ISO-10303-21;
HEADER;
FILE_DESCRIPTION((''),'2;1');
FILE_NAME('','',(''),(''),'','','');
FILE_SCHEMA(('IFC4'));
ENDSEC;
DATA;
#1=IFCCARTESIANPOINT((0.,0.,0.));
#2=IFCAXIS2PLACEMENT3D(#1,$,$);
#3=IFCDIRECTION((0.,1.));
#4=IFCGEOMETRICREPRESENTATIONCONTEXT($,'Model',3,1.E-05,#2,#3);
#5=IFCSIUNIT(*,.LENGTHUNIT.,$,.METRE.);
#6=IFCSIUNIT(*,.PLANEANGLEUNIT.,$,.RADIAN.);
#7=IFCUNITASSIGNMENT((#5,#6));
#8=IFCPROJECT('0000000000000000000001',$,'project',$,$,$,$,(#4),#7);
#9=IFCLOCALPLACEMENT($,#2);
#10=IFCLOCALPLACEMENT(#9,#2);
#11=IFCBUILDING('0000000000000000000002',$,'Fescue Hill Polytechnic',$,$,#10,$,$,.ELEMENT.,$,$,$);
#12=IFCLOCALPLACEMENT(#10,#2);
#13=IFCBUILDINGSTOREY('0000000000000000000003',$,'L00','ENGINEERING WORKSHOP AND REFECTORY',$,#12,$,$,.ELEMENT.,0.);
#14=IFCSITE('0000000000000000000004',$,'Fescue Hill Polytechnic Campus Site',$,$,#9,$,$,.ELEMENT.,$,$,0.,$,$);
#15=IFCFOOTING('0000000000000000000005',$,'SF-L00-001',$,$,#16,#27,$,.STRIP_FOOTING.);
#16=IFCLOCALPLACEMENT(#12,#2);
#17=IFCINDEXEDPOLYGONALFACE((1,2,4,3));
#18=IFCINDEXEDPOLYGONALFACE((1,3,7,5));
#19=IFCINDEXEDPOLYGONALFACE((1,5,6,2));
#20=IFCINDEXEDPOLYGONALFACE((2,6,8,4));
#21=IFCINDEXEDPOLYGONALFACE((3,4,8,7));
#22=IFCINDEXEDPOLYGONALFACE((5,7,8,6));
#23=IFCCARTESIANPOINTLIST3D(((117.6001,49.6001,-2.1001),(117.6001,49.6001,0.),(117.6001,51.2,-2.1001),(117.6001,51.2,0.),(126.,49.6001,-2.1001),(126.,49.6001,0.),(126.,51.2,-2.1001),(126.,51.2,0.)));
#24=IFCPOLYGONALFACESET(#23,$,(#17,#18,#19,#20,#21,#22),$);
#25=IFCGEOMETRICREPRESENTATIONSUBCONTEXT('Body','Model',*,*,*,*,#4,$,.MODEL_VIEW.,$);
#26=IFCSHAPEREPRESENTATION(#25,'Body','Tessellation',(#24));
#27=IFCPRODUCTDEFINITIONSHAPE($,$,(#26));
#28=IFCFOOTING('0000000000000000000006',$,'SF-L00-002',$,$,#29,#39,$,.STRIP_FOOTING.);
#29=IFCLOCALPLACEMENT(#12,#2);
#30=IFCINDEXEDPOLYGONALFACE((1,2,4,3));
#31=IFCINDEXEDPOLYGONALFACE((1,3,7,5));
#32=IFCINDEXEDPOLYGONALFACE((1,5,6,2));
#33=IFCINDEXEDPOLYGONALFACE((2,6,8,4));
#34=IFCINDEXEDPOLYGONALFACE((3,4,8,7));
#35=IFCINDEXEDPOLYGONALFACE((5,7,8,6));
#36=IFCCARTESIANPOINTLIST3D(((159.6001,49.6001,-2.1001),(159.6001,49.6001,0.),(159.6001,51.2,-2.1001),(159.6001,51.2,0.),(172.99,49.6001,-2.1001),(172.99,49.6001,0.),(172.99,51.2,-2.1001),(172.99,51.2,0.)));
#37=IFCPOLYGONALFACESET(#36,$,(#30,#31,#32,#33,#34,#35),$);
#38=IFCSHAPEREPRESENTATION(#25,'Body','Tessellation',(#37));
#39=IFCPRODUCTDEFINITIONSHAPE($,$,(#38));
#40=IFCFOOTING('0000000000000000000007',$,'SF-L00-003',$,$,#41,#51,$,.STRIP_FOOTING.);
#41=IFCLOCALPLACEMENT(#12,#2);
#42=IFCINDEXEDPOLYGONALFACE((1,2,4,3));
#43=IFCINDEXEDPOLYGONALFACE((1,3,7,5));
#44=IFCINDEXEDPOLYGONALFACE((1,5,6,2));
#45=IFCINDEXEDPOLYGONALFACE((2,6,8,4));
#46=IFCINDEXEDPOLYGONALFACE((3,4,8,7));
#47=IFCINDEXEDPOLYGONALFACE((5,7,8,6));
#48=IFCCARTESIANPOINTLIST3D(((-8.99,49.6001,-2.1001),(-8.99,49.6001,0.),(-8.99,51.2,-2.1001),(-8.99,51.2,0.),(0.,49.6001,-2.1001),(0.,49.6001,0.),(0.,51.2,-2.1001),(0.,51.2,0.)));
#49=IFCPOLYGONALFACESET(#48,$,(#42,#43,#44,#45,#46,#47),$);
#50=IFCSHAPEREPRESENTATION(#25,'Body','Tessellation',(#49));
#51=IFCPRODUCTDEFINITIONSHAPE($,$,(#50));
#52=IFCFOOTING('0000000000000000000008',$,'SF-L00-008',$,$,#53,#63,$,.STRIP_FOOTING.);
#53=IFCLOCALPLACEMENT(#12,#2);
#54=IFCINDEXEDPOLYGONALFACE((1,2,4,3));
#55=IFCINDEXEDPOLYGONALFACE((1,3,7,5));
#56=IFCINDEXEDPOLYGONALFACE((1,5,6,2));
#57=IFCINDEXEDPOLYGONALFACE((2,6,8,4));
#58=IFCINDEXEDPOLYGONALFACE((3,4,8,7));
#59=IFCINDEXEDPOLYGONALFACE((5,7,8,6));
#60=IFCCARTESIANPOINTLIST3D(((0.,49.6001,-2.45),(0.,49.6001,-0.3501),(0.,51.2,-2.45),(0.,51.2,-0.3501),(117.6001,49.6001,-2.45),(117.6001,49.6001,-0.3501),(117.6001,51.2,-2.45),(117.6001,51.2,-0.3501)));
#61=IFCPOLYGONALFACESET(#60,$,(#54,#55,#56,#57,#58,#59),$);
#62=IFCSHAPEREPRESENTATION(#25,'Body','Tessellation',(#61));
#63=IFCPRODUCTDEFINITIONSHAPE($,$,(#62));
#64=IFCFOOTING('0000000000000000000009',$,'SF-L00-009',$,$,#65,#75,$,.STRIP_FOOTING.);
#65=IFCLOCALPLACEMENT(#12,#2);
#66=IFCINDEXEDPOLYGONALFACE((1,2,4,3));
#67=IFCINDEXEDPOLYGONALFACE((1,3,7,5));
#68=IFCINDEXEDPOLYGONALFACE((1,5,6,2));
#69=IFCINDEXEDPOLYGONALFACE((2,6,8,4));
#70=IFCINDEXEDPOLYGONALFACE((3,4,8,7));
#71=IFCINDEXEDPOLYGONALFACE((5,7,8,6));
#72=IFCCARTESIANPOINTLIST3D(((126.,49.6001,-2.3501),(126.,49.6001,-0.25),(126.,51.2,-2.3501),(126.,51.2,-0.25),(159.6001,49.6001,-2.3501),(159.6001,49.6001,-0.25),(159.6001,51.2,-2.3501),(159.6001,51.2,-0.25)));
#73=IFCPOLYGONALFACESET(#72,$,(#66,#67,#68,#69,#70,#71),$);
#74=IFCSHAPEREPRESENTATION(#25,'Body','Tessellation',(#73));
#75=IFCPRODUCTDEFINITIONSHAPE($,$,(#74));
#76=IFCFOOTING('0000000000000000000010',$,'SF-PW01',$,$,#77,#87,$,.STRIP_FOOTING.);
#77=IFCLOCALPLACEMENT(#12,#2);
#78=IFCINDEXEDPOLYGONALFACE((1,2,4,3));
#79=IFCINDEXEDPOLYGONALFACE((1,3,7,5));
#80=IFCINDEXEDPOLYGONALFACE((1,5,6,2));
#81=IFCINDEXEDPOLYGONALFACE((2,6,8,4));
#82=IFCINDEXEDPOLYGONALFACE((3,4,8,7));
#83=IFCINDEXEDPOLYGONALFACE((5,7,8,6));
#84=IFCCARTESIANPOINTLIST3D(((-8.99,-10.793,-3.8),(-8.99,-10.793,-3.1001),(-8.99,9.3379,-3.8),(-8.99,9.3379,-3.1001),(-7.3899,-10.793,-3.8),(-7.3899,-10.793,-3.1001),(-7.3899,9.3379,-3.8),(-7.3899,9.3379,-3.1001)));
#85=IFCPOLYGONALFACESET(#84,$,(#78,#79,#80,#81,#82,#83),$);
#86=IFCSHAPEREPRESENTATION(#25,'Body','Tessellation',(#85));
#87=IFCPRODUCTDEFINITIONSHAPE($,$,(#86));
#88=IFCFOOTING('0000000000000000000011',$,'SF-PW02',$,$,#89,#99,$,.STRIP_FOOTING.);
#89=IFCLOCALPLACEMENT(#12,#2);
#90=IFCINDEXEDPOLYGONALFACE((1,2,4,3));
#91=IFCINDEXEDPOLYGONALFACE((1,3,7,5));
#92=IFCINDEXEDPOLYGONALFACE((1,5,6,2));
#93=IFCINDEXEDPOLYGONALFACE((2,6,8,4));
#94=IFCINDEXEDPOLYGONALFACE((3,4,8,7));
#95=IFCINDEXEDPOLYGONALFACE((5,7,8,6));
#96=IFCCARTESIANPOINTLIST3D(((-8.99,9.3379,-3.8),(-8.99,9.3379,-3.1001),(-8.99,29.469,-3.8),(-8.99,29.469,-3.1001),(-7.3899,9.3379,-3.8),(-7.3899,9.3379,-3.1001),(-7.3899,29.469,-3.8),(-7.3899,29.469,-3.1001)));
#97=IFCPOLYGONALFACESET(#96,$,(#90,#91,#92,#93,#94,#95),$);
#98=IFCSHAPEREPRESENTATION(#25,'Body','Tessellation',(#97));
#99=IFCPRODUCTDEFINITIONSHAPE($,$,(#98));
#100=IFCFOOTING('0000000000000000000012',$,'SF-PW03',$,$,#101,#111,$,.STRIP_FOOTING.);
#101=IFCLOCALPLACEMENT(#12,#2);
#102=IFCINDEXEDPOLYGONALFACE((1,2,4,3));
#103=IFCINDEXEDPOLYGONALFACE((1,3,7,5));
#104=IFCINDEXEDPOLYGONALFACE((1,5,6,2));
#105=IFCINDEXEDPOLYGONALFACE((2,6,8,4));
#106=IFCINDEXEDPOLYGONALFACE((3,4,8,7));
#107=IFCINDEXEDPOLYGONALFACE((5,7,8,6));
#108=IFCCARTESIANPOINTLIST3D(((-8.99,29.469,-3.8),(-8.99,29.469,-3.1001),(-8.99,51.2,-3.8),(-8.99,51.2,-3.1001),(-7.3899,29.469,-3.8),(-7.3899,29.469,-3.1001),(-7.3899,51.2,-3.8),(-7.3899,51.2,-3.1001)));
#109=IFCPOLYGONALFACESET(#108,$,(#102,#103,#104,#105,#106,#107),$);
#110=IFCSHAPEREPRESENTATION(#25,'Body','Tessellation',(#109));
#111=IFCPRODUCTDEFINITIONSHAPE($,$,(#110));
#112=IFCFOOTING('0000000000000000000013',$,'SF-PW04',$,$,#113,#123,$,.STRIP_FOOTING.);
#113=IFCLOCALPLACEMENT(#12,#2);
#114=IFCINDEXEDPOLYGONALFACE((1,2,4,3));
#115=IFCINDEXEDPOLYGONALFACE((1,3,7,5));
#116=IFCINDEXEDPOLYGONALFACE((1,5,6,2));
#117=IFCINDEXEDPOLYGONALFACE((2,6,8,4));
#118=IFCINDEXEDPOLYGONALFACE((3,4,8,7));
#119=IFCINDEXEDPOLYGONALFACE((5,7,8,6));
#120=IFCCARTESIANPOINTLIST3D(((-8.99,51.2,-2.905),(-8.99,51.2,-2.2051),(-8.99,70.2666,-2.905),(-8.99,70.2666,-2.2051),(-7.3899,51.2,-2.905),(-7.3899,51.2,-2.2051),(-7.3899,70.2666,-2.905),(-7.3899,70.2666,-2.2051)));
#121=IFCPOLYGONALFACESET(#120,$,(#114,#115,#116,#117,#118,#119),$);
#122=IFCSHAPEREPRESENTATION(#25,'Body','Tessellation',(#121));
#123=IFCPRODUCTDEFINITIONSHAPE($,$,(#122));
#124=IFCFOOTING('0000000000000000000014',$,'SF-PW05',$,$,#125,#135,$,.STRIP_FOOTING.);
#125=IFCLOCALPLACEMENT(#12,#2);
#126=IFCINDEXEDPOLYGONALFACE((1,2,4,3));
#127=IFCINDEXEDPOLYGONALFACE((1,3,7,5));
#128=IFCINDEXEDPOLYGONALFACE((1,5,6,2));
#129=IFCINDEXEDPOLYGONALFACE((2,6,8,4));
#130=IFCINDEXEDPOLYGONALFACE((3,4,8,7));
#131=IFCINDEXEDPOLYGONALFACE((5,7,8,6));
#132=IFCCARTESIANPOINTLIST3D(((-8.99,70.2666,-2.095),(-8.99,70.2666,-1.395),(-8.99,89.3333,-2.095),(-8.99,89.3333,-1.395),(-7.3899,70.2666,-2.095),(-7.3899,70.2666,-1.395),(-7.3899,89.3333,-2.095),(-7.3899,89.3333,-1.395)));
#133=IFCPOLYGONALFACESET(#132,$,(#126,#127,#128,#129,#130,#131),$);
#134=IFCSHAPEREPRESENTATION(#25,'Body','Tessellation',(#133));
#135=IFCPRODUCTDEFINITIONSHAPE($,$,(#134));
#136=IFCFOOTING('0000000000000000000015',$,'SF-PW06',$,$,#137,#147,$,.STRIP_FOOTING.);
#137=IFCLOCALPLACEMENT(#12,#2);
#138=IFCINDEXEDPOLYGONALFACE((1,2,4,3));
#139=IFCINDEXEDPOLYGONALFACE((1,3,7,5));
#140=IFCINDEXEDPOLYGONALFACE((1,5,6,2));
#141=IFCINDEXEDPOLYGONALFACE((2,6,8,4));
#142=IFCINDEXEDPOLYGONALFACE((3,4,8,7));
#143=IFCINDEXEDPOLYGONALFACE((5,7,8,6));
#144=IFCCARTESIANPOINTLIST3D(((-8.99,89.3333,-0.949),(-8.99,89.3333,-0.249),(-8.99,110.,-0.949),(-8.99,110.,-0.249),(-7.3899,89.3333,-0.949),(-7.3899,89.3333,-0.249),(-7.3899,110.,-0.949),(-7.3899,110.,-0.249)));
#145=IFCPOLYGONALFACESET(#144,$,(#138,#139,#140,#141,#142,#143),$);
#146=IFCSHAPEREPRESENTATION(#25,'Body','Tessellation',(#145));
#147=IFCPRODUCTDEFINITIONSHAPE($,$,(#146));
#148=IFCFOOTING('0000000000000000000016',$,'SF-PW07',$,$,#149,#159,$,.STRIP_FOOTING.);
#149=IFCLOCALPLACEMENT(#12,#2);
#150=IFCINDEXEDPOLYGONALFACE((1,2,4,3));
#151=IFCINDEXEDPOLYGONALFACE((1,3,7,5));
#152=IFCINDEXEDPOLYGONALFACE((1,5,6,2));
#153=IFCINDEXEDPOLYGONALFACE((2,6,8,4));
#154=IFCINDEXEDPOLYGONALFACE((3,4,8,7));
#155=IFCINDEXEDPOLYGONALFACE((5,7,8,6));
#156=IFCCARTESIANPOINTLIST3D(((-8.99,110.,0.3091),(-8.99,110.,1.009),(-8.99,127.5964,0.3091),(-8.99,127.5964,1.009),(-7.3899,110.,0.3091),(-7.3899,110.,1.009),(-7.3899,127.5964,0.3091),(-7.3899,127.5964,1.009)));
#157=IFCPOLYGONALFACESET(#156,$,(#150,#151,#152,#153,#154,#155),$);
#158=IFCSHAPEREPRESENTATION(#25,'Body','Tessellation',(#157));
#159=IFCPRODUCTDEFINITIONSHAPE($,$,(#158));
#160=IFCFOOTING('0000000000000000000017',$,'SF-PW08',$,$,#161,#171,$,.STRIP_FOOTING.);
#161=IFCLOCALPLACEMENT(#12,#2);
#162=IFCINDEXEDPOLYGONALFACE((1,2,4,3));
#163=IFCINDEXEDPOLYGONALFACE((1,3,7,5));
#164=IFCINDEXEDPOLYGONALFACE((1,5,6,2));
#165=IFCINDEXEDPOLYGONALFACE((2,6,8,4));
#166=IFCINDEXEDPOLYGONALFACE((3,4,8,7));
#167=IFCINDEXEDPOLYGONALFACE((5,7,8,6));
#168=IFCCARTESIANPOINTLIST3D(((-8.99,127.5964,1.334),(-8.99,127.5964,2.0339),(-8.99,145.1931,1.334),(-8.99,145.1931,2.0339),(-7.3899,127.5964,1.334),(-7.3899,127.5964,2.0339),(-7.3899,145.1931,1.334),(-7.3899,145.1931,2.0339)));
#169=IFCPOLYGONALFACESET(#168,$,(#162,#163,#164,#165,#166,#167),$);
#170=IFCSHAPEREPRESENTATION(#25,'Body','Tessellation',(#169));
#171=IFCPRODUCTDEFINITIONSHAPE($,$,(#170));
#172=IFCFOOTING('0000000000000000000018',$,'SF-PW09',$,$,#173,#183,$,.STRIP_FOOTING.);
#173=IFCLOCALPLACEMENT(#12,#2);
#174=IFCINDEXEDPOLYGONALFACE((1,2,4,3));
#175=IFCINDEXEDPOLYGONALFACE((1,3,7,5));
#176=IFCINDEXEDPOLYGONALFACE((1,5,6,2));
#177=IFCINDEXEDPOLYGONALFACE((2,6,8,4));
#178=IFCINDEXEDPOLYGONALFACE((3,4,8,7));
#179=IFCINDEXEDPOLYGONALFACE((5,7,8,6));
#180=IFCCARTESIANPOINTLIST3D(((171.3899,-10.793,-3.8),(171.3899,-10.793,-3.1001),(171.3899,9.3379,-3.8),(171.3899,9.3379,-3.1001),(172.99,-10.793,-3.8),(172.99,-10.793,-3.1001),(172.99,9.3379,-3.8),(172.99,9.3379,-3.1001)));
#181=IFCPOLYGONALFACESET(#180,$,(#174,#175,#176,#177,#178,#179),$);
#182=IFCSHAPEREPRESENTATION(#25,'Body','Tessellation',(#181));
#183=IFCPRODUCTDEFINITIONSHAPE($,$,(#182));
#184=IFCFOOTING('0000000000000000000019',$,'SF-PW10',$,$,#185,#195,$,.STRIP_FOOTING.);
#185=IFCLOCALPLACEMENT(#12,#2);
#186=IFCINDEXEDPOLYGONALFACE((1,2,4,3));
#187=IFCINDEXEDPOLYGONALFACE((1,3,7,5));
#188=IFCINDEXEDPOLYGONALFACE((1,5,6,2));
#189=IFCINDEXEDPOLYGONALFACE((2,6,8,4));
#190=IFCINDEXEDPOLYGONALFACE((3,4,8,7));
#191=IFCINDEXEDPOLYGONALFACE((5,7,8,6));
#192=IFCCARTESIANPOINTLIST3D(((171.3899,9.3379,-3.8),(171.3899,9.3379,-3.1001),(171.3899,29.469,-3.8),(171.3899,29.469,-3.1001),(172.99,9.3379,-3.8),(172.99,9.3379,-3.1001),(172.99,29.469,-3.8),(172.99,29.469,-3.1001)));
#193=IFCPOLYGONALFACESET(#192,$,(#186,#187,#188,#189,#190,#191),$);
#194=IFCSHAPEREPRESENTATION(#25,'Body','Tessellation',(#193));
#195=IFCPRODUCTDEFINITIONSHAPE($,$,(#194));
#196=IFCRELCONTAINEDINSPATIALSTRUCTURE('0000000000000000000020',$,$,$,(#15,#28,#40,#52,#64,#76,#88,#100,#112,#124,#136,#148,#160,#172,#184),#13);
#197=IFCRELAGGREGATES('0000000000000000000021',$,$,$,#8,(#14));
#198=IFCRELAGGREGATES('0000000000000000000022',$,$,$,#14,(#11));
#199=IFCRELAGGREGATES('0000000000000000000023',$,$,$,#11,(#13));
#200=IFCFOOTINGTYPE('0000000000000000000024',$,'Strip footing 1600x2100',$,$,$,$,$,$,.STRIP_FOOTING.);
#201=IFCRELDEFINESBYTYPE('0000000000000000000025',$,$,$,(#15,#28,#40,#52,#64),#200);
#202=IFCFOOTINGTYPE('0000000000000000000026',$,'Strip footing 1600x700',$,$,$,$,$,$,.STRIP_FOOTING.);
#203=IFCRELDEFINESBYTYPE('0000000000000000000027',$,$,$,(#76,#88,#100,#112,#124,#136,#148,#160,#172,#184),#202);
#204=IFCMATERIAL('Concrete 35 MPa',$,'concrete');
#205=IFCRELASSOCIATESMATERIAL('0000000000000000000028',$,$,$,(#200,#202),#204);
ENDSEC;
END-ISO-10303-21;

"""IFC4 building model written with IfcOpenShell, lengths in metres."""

from ifc_helpers import new_model, si_unit, direction, frame, origin, place, context, subcontext, project, spatial, polyline, outline, extrude, material, type_object, element, save


model = new_model("IFC4")

# Units and contexts
model_context = context("Model", 3, precision=1e-05, world=origin(), true_north=direction((0.0, 1.0)))
body_context = subcontext(model_context, "Body", "Model", "MODEL_VIEW")
ifc_project = project(units=[si_unit("LENGTHUNIT", "METRE"), si_unit("PLANEANGLEUNIT", "RADIAN")], contexts=[model_context])

# Site, building, storey
site_placement = place(None, origin())
site = spatial("IfcSite", under=ifc_project, at=site_placement, Name="Fescue Hill Polytechnic Campus Site", CompositionType="ELEMENT", RefElevation=0.0)
building_placement = place(site_placement, origin())
building = spatial("IfcBuilding", under=site, at=building_placement, Name="Fescue Hill Polytechnic", CompositionType="ELEMENT")
storey_placement = place(building_placement, origin())
storey = spatial("IfcBuildingStorey", under=building, at=storey_placement, Name="L00", Description="ENGINEERING WORKSHOP AND REFECTORY", CompositionType="ELEMENT", Elevation=0.0)

# Footings
ifc_material_1 = material(Name="Concrete 35 MPa", Category="concrete")
footing_type_1 = type_object("IfcFootingType", Name="Strip footing 1600x2100", PredefinedType="STRIP_FOOTING", material=ifc_material_1)
footing_1_placement = place(storey_placement, frame((0.0, 0.0, -2.1001)))
element("IfcFooting", 1, at=footing_1_placement, inside=storey, type_object=footing_type_1, Name="SF-L00-001", PredefinedType="STRIP_FOOTING", context=body_context, shape_type="SweptSolid", body=[
    extrude(outline(polyline([(126.0, 51.2), (126.0, 49.6001), (117.6001, 49.6001), (117.6001, 51.2), (126.0, 51.2)])), origin(), (0.0, 0.0, 1.0), 2.1001),
])
footing_2_placement = place(storey_placement, frame((0.0, 0.0, -2.1001)))
element("IfcFooting", 2, at=footing_2_placement, inside=storey, type_object=footing_type_1, Name="SF-L00-002", PredefinedType="STRIP_FOOTING", context=body_context, shape_type="SweptSolid", body=[
    extrude(outline(polyline([(172.99, 51.2), (172.99, 49.6001), (159.6001, 49.6001), (159.6001, 51.2), (172.99, 51.2)])), origin(), (0.0, 0.0, 1.0), 2.1001),
])
footing_3_placement = place(storey_placement, frame((0.0, 0.0, -2.1001)))
element("IfcFooting", 3, at=footing_3_placement, inside=storey, type_object=footing_type_1, Name="SF-L00-003", PredefinedType="STRIP_FOOTING", context=body_context, shape_type="SweptSolid", body=[
    extrude(outline(polyline([(0.0, 51.2), (0.0, 49.6001), (-8.99, 49.6001), (-8.99, 51.2), (0.0, 51.2)])), origin(), (0.0, 0.0, 1.0), 2.1001),
])
footing_4_placement = place(storey_placement, frame((0.0, 0.0, -2.45)))
element("IfcFooting", 4, at=footing_4_placement, inside=storey, type_object=footing_type_1, Name="SF-L00-008", PredefinedType="STRIP_FOOTING", context=body_context, shape_type="SweptSolid", body=[
    extrude(outline(polyline([(0.0, 49.6001), (0.0, 51.2), (117.6001, 51.2), (117.6001, 49.6001), (0.0, 49.6001)])), origin(), (0.0, 0.0, 1.0), 2.0999),
])
footing_5_placement = place(storey_placement, frame((0.0, 0.0, -2.3501)))
element("IfcFooting", 5, at=footing_5_placement, inside=storey, type_object=footing_type_1, Name="SF-L00-009", PredefinedType="STRIP_FOOTING", context=body_context, shape_type="SweptSolid", body=[
    extrude(outline(polyline([(126.0, 49.6001), (126.0, 51.2), (159.6001, 51.2), (159.6001, 49.6001), (126.0, 49.6001)])), origin(), (0.0, 0.0, 1.0), 2.1001),
])
footing_type_2 = type_object("IfcFootingType", Name="Strip footing 1600x700", PredefinedType="STRIP_FOOTING", material=ifc_material_1)
footing_6_placement = place(storey_placement, frame((0.0, 0.0, -3.8)))
element("IfcFooting", 6, at=footing_6_placement, inside=storey, type_object=footing_type_2, Name="SF-PW01", PredefinedType="STRIP_FOOTING", context=body_context, shape_type="SweptSolid", body=[
    extrude(outline(polyline([(-8.99, -10.793), (-7.3899, -10.793), (-7.3899, 9.3379), (-8.99, 9.3379), (-8.99, -10.793)])), origin(), (0.0, 0.0, 1.0), 0.7),
])
footing_7_placement = place(storey_placement, frame((0.0, 0.0, -3.8)))
element("IfcFooting", 7, at=footing_7_placement, inside=storey, type_object=footing_type_2, Name="SF-PW02", PredefinedType="STRIP_FOOTING", context=body_context, shape_type="SweptSolid", body=[
    extrude(outline(polyline([(-8.99, 9.3379), (-7.3899, 9.3379), (-7.3899, 29.469), (-8.99, 29.469), (-8.99, 9.3379)])), origin(), (0.0, 0.0, 1.0), 0.7),
])
footing_8_placement = place(storey_placement, frame((0.0, 0.0, -3.8)))
element("IfcFooting", 8, at=footing_8_placement, inside=storey, type_object=footing_type_2, Name="SF-PW03", PredefinedType="STRIP_FOOTING", context=body_context, shape_type="SweptSolid", body=[
    extrude(outline(polyline([(-8.99, 29.469), (-7.3899, 29.469), (-7.3899, 51.2), (-8.99, 51.2), (-8.99, 29.469)])), origin(), (0.0, 0.0, 1.0), 0.7),
])
footing_9_placement = place(storey_placement, frame((0.0, 0.0, -2.905)))
element("IfcFooting", 9, at=footing_9_placement, inside=storey, type_object=footing_type_2, Name="SF-PW04", PredefinedType="STRIP_FOOTING", context=body_context, shape_type="SweptSolid", body=[
    extrude(outline(polyline([(-8.99, 51.2), (-7.3899, 51.2), (-7.3899, 70.2666), (-8.99, 70.2666), (-8.99, 51.2)])), origin(), (0.0, 0.0, 1.0), 0.7),
])
footing_10_placement = place(storey_placement, frame((0.0, 0.0, -2.095)))
element("IfcFooting", 10, at=footing_10_placement, inside=storey, type_object=footing_type_2, Name="SF-PW05", PredefinedType="STRIP_FOOTING", context=body_context, shape_type="SweptSolid", body=[
    extrude(outline(polyline([(-8.99, 70.2666), (-7.3899, 70.2666), (-7.3899, 89.3333), (-8.99, 89.3333), (-8.99, 70.2666)])), origin(), (0.0, 0.0, 1.0), 0.7),
])
footing_11_placement = place(storey_placement, frame((0.0, 0.0, -0.949)))
element("IfcFooting", 11, at=footing_11_placement, inside=storey, type_object=footing_type_2, Name="SF-PW06", PredefinedType="STRIP_FOOTING", context=body_context, shape_type="SweptSolid", body=[
    extrude(outline(polyline([(-8.99, 89.3333), (-7.3899, 89.3333), (-7.3899, 110.0), (-8.99, 110.0), (-8.99, 89.3333)])), origin(), (0.0, 0.0, 1.0), 0.7),
])
footing_12_placement = place(storey_placement, frame((0.0, 0.0, 0.3091)))
element("IfcFooting", 12, at=footing_12_placement, inside=storey, type_object=footing_type_2, Name="SF-PW07", PredefinedType="STRIP_FOOTING", context=body_context, shape_type="SweptSolid", body=[
    extrude(outline(polyline([(-8.99, 110.0), (-7.3899, 110.0), (-7.3899, 127.5964), (-8.99, 127.5964), (-8.99, 110.0)])), origin(), (0.0, 0.0, 1.0), 0.7),
])
footing_13_placement = place(storey_placement, frame((0.0, 0.0, 1.334)))
element("IfcFooting", 13, at=footing_13_placement, inside=storey, type_object=footing_type_2, Name="SF-PW08", PredefinedType="STRIP_FOOTING", context=body_context, shape_type="SweptSolid", body=[
    extrude(outline(polyline([(-8.99, 127.5964), (-7.3899, 127.5964), (-7.3899, 145.1931), (-8.99, 145.1931), (-8.99, 127.5964)])), origin(), (0.0, 0.0, 1.0), 0.7),
])
footing_14_placement = place(storey_placement, frame((0.0, 0.0, -3.8)))
element("IfcFooting", 14, at=footing_14_placement, inside=storey, type_object=footing_type_2, Name="SF-PW09", PredefinedType="STRIP_FOOTING", context=body_context, shape_type="SweptSolid", body=[
    extrude(outline(polyline([(171.3899, -10.793), (172.99, -10.793), (172.99, 9.3379), (171.3899, 9.3379), (171.3899, -10.793)])), origin(), (0.0, 0.0, 1.0), 0.7),
])
footing_15_placement = place(storey_placement, frame((0.0, 0.0, -3.8)))
element("IfcFooting", 15, at=footing_15_placement, inside=storey, type_object=footing_type_2, Name="SF-PW10", PredefinedType="STRIP_FOOTING", context=body_context, shape_type="SweptSolid", body=[
    extrude(outline(polyline([(171.3899, 9.3379), (172.99, 9.3379), (172.99, 29.469), (171.3899, 29.469), (171.3899, 9.3379)])), origin(), (0.0, 0.0, 1.0), 0.7),
])

save(model, "model.ifc")
